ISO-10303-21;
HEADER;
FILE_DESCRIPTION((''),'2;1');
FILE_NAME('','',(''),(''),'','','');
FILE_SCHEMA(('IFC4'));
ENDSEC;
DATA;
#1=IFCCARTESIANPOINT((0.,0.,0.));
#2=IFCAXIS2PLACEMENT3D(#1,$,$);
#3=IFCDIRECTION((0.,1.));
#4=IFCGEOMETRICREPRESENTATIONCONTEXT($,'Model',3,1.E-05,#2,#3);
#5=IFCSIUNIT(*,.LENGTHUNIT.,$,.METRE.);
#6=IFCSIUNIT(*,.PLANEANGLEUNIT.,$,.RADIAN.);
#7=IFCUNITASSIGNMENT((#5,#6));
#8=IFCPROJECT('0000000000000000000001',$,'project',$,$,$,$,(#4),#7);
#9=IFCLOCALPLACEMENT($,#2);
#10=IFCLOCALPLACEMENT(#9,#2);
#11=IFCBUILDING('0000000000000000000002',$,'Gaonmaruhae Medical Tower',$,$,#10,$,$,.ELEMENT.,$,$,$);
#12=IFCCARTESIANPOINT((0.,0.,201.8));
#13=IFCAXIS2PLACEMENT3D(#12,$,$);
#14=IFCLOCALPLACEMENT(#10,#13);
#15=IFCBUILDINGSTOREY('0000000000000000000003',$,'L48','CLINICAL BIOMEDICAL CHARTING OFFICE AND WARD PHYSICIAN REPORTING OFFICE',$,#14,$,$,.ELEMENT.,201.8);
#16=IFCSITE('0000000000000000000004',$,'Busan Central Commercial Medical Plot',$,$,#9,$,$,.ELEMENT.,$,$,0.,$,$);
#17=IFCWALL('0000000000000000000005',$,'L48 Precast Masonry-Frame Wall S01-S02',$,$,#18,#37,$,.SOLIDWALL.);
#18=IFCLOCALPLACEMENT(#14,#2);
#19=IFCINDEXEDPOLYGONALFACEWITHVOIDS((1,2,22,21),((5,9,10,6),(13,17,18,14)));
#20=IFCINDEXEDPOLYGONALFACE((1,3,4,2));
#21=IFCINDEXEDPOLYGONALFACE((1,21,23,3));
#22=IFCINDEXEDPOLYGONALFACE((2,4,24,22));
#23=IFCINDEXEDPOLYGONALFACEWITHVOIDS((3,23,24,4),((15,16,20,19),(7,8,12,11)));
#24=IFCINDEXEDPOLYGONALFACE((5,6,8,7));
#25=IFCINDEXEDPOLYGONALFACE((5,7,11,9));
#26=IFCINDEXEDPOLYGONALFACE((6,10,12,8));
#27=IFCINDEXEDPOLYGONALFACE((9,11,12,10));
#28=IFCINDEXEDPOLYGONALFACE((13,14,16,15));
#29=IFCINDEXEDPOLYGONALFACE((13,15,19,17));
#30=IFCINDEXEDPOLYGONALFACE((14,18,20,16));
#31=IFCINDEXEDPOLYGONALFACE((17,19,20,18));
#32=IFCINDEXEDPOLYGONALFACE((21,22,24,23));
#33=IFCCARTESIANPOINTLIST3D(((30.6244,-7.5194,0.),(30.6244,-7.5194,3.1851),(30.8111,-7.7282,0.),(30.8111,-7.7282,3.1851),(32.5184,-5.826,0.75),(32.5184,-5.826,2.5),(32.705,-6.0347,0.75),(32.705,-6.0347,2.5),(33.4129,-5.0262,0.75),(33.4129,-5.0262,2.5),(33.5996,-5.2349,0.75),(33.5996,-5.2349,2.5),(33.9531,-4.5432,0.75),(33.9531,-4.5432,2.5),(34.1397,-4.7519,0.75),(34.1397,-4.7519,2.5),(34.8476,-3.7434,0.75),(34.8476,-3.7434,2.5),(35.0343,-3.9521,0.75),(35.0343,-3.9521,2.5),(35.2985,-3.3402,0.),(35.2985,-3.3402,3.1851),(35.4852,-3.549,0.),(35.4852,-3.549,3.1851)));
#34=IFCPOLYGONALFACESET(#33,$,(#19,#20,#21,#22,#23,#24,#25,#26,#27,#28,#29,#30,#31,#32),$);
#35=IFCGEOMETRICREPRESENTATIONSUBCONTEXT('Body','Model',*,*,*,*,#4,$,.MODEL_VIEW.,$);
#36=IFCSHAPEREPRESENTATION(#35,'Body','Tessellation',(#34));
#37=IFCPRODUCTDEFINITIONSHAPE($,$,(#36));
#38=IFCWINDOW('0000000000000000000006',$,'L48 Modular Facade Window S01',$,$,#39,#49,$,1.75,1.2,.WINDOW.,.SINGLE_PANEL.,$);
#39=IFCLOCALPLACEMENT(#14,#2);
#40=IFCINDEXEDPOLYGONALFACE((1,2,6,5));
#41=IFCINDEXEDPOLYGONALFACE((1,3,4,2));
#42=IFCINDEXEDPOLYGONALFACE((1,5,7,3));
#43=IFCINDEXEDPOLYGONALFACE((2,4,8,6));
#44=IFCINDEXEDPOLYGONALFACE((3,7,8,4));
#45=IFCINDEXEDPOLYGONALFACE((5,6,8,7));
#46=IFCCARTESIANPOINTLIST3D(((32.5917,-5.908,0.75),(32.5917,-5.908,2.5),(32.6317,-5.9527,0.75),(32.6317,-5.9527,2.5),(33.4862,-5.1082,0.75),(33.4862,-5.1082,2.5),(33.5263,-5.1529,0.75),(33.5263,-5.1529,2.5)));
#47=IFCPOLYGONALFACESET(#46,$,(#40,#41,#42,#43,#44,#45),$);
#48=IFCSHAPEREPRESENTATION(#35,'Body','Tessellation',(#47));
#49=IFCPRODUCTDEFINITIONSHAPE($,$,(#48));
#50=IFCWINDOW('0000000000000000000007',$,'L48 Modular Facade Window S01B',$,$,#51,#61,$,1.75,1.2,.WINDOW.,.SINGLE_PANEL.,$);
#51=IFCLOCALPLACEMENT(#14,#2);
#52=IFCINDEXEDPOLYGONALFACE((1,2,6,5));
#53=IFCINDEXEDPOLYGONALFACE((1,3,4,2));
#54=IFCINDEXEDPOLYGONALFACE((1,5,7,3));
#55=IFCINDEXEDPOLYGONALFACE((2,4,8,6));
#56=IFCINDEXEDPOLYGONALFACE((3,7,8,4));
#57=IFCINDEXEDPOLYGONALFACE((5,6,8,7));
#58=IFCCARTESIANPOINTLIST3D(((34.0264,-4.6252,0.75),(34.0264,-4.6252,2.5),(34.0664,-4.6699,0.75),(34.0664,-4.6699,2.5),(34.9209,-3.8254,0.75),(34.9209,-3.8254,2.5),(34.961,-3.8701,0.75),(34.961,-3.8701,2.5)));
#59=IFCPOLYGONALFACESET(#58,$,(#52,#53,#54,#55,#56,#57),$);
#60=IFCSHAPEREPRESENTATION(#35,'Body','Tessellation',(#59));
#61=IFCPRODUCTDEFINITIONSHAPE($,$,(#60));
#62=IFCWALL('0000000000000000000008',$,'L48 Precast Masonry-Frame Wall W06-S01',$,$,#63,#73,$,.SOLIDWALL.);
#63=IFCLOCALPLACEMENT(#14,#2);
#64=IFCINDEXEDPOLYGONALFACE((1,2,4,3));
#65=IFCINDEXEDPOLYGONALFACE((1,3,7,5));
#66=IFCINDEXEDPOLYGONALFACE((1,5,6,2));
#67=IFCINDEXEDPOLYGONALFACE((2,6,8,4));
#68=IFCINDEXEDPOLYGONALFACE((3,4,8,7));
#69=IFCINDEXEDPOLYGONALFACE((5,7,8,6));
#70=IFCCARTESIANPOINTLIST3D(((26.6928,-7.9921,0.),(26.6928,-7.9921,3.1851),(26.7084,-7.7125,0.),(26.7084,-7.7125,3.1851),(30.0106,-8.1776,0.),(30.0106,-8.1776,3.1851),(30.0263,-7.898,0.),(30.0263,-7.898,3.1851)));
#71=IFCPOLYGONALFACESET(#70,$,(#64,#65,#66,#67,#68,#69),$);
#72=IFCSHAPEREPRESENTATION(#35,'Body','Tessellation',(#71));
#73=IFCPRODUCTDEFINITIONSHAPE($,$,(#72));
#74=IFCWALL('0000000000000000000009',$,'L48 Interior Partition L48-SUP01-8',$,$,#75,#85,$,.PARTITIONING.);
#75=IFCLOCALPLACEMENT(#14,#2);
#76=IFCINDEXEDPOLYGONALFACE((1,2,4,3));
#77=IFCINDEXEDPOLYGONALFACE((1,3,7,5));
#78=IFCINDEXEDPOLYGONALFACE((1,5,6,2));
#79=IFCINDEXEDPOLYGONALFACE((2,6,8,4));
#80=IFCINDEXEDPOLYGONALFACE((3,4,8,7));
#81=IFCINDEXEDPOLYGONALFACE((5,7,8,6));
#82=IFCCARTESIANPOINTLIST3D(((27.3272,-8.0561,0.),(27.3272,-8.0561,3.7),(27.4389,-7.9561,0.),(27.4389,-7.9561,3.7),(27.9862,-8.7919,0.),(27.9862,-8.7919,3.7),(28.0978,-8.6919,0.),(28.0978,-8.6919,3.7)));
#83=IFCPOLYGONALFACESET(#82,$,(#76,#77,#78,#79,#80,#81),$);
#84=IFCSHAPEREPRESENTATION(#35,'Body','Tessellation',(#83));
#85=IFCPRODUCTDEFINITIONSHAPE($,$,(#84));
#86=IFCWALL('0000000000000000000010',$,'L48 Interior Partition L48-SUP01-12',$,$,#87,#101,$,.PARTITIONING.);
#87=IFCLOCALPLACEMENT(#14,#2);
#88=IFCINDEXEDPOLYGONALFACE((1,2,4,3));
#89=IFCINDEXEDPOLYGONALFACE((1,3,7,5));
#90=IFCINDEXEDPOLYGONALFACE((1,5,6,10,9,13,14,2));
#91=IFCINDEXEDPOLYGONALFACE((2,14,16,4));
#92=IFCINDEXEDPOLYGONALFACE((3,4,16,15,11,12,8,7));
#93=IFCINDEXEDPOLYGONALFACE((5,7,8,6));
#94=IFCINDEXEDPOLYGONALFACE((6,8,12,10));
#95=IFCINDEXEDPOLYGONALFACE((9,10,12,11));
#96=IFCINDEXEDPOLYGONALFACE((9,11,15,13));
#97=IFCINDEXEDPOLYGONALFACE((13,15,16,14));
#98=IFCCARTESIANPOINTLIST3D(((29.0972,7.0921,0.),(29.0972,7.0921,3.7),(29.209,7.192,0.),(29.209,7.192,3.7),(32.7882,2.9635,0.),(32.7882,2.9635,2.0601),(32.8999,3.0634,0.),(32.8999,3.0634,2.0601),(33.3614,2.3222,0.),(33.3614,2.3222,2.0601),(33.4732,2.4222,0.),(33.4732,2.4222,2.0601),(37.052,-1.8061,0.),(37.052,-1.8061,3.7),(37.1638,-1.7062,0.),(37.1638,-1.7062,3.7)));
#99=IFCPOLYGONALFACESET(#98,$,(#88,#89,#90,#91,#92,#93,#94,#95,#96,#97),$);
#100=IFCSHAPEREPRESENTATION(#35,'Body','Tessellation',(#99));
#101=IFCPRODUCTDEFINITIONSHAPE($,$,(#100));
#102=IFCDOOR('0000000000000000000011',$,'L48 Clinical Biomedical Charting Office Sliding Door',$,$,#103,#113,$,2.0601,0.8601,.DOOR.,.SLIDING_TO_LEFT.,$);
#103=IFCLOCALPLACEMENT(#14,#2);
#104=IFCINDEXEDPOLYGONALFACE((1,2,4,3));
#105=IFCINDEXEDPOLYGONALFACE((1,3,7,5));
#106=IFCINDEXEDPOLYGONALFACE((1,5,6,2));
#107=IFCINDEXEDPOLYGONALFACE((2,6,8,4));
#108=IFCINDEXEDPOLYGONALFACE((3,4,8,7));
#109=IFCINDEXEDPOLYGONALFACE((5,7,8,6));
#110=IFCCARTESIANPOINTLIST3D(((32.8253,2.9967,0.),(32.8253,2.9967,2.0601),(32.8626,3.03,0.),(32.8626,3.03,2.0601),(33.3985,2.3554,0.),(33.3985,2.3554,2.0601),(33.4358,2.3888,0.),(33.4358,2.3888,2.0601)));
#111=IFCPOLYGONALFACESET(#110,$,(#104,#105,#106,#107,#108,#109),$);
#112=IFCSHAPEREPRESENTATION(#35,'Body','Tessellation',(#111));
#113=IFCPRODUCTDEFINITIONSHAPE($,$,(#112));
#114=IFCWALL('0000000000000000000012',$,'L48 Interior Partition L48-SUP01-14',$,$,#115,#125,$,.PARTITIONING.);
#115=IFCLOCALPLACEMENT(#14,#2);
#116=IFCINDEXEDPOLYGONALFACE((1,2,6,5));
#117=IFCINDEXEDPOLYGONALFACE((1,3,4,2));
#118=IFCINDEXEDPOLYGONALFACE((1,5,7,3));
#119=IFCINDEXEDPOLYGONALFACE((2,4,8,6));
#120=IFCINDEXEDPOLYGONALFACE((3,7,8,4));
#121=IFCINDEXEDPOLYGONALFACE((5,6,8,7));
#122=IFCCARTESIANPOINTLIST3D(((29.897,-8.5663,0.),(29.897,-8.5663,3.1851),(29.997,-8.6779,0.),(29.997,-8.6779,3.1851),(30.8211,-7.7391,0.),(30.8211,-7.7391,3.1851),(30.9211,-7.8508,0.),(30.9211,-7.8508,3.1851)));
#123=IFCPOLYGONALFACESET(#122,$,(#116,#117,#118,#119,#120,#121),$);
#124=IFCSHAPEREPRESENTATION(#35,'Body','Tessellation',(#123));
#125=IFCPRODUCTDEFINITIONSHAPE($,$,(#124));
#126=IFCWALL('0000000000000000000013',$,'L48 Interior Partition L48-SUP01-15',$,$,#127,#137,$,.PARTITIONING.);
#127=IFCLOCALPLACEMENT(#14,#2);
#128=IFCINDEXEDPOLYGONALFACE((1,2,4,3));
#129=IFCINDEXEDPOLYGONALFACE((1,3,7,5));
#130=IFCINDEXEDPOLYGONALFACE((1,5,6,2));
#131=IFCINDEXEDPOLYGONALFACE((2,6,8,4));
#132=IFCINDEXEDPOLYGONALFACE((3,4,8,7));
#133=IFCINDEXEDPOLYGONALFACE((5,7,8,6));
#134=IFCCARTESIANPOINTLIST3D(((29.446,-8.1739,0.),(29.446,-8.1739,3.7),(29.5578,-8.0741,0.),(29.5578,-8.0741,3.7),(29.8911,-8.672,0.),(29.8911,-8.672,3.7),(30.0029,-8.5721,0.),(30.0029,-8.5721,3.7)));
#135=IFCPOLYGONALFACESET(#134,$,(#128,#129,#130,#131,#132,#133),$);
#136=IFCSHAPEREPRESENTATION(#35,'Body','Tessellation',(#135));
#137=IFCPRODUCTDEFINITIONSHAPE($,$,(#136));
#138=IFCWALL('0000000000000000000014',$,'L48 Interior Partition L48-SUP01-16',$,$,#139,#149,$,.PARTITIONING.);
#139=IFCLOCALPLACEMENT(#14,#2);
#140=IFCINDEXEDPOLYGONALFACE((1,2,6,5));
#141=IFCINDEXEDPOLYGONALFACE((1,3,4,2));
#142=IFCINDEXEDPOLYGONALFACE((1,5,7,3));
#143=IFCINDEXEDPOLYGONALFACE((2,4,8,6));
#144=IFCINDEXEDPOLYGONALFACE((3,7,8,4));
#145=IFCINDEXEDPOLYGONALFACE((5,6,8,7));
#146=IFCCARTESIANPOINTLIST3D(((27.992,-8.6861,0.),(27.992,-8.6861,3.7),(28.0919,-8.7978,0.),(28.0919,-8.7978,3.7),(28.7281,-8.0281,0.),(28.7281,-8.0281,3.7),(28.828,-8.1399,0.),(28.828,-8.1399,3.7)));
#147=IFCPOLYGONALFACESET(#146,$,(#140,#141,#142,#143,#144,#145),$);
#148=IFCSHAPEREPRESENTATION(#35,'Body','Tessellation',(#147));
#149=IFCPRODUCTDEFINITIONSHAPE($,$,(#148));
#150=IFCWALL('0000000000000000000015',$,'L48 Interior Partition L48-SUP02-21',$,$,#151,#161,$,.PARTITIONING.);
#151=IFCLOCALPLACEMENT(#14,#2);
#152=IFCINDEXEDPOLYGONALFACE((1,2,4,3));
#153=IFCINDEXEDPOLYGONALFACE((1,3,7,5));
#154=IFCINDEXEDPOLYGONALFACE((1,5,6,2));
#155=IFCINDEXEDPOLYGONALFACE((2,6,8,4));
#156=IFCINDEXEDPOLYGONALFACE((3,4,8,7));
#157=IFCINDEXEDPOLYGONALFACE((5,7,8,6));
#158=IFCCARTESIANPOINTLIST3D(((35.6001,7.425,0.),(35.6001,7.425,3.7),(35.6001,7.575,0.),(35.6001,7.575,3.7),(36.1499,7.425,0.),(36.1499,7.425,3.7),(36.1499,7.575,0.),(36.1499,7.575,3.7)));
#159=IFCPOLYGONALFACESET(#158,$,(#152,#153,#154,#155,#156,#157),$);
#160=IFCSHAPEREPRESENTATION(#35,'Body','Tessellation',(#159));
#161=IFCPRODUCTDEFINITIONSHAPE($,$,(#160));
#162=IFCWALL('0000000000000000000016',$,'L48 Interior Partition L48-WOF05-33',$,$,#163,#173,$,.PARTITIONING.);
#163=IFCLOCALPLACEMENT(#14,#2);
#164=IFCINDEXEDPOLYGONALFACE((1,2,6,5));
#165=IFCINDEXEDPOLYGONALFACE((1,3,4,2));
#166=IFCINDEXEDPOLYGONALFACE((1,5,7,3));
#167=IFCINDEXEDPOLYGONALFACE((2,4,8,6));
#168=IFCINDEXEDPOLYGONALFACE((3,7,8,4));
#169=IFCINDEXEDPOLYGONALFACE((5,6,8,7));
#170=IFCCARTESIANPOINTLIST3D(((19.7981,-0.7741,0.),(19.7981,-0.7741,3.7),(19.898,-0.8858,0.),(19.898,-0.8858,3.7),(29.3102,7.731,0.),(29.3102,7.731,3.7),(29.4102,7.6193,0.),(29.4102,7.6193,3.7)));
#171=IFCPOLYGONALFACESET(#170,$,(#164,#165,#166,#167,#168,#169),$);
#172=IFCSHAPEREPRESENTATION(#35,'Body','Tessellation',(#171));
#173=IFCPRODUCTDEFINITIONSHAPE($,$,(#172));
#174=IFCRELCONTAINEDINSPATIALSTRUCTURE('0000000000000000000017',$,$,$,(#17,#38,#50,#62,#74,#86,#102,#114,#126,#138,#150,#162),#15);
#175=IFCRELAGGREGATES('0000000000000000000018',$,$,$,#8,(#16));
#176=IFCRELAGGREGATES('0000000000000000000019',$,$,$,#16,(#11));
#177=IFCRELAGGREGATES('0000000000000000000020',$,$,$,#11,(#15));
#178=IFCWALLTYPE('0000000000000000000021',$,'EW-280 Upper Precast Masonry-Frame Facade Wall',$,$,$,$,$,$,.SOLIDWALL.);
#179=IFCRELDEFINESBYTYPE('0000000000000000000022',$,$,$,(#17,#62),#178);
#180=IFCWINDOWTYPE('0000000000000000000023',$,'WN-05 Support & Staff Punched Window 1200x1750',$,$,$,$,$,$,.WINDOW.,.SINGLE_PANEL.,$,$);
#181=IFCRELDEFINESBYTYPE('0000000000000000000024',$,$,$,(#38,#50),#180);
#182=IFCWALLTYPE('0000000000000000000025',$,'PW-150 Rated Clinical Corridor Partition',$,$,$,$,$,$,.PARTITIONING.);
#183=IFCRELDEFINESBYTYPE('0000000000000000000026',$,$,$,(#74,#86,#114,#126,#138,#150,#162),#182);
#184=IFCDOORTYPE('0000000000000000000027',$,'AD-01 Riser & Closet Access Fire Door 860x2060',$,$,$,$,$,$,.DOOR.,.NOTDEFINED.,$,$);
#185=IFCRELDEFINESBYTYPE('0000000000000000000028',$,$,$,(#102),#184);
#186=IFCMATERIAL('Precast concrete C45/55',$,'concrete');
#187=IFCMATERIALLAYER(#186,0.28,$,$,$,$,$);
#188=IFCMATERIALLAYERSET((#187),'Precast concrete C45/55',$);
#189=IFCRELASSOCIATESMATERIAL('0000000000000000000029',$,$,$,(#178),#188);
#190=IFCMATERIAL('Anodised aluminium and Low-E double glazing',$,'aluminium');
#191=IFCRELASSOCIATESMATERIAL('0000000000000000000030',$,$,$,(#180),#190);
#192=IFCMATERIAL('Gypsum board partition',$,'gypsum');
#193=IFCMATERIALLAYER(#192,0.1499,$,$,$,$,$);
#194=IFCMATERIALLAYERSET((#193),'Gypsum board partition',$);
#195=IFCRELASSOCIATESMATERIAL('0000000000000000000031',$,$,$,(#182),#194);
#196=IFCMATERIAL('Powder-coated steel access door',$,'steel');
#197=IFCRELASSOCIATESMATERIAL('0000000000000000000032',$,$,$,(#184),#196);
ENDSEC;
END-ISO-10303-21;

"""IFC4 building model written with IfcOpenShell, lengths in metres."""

from ifc_helpers import new_model, si_unit, direction, frame, frame_2d, origin, place, context, subcontext, project, spatial, rectangle, extrude, material, layer, layer_set, type_object, element, fill, save


model = new_model("IFC4")

# Units and contexts
model_context = context("Model", 3, precision=1e-05, world=origin(), true_north=direction((0.0, 1.0)))
body_context = subcontext(model_context, "Body", "Model", "MODEL_VIEW")
ifc_project = project(units=[si_unit("LENGTHUNIT", "METRE"), si_unit("PLANEANGLEUNIT", "RADIAN")], contexts=[model_context])

# Site, building, storey
site_placement = place(None, origin())
site = spatial("IfcSite", under=ifc_project, at=site_placement, Name="Busan Central Commercial Medical Plot", CompositionType="ELEMENT", RefElevation=0.0)
building_placement = place(site_placement, origin())
building = spatial("IfcBuilding", under=site, at=building_placement, Name="Gaonmaruhae Medical Tower", CompositionType="ELEMENT")
storey_placement = place(building_placement, frame((0.0, 0.0, 201.8)))
storey = spatial("IfcBuildingStorey", under=building, at=storey_placement, Name="L48", Description="CLINICAL BIOMEDICAL CHARTING OFFICE AND WARD PHYSICIAN REPORTING OFFICE", CompositionType="ELEMENT", Elevation=201.8)

# Wall, openings, windows
ifc_material_1 = material(Name="Precast concrete C45/55", Category="concrete")
ifc_layer_1 = layer(ifc_material_1, 0.28)
ifc_layer_set_1 = layer_set([ifc_layer_1], Name="Precast concrete C45/55")
wall_type_1 = type_object("IfcWallType", Name="EW-280 Upper Precast Masonry-Frame Facade Wall", PredefinedType="SOLIDWALL", material=ifc_layer_set_1)
wall_1_placement = place(storey_placement, frame((35.3918, -3.4446, 0.0), z_axis=(0.0, 0.0, 1.0), x_axis=(-0.745468, -0.666541, 0.0)))
wall_1 = element("IfcWall", 1, at=wall_1_placement, inside=storey, type_object=wall_type_1, Name="L48 Precast Masonry-Frame Wall S01-S02", PredefinedType="SOLIDWALL", context=body_context, shape_type="SweptSolid", body=[
    extrude(rectangle(XDim=6.27, YDim=0.28, at=frame_2d((3.135, 0.0))), origin(), (0.0, 0.0, 1.0), 3.1851),
])
opening_1_placement = place(wall_1_placement, frame((2.5293, 0.0, 0.75)))
opening_1 = element("IfcOpeningElement", 2, at=opening_1_placement, cuts=wall_1, PredefinedType="OPENING", context=body_context, shape_type="SweptSolid", body=[
    extrude(rectangle(XDim=1.2, YDim=1.75, at=frame_2d((0.6001, 0.875))), frame((0.0, 0.1499, 0.0), z_axis=(0.0, -1.0, 0.0), x_axis=(1.0, 0.0, 0.0)), (0.0, 0.0, 1.0), 0.3),
])
opening_2_placement = place(wall_1_placement, frame((0.6047, 0.0, 0.75)))
opening_2 = element("IfcOpeningElement", 3, at=opening_2_placement, cuts=wall_1, PredefinedType="OPENING", context=body_context, shape_type="SweptSolid", body=[
    extrude(rectangle(XDim=1.2, YDim=1.75, at=frame_2d((0.6001, 0.875))), frame((0.0, 0.1499, 0.0), z_axis=(0.0, -1.0, 0.0), x_axis=(1.0, 0.0, 0.0)), (0.0, 0.0, 1.0), 0.3),
])
ifc_material_2 = material(Name="Anodised aluminium and Low-E double glazing", Category="aluminium")
window_type = type_object("IfcWindowType", Name="WN-05 Support & Staff Punched Window 1200x1750", PartitioningType="SINGLE_PANEL", PredefinedType="WINDOW", material=ifc_material_2)
window_1_placement = place(opening_1_placement, origin())
window_1 = element("IfcWindow", 4, at=window_1_placement, inside=storey, type_object=window_type, Name="L48 Modular Facade Window S01", OverallHeight=1.75, OverallWidth=1.2, PartitioningType="SINGLE_PANEL", PredefinedType="WINDOW", context=body_context, shape_type="SweptSolid", body=[
    extrude(rectangle(XDim=1.2, YDim=1.75, at=frame_2d((0.6001, 0.875))), frame((0.0, 0.03, 0.0), z_axis=(0.0, -1.0, 0.0), x_axis=(1.0, 0.0, 0.0)), (0.0, 0.0, 1.0), 0.0601),
])
fill(opening_1, window_1)
window_2_placement = place(opening_2_placement, origin())
window_2 = element("IfcWindow", 5, at=window_2_placement, inside=storey, type_object=window_type, Name="L48 Modular Facade Window S01B", OverallHeight=1.75, OverallWidth=1.2, PartitioningType="SINGLE_PANEL", PredefinedType="WINDOW", context=body_context, shape_type="SweptSolid", body=[
    extrude(rectangle(XDim=1.2, YDim=1.75, at=frame_2d((0.6001, 0.875))), frame((0.0, 0.03, 0.0), z_axis=(0.0, -1.0, 0.0), x_axis=(1.0, 0.0, 0.0)), (0.0, 0.0, 1.0), 0.0601),
])
fill(opening_2, window_2)

# Walls
wall_2_placement = place(storey_placement, frame((30.0186, -8.0378, 0.0), z_axis=(0.0, 0.0, 1.0), x_axis=(-0.99844, 0.055836, 0.0)))
element("IfcWall", 6, at=wall_2_placement, inside=storey, type_object=wall_type_1, Name="L48 Precast Masonry-Frame Wall W06-S01", PredefinedType="SOLIDWALL", context=body_context, shape_type="SweptSolid", body=[
    extrude(rectangle(XDim=3.323, YDim=0.28, at=frame_2d((1.6616, 0.0))), origin(), (0.0, 0.0, 1.0), 3.1851),
])
ifc_material_3 = material(Name="Gypsum board partition", Category="gypsum")
ifc_layer_2 = layer(ifc_material_3, 0.1499)
ifc_layer_set_2 = layer_set([ifc_layer_2], Name="Gypsum board partition")
wall_type_2 = type_object("IfcWallType", Name="PW-150 Rated Clinical Corridor Partition", PredefinedType="PARTITIONING", material=ifc_layer_set_2)
wall_3_placement = place(storey_placement, frame((28.042, -8.7419, 0.0), z_axis=(0.0, 0.0, 1.0), x_axis=(-0.667105, 0.744963, 0.0)))
element("IfcWall", 7, at=wall_3_placement, inside=storey, type_object=wall_type_2, Name="L48 Interior Partition L48-SUP01-8", PredefinedType="PARTITIONING", context=body_context, shape_type="SweptSolid", body=[
    extrude(rectangle(XDim=0.9878, YDim=0.1499, at=frame_2d((0.4939, 0.0))), origin(), (0.0, 0.0, 1.0), 3.7),
])

# Wall, opening, door
wall_4_placement = place(storey_placement, frame((29.1531, 7.1421, 0.0), z_axis=(0.0, 0.0, 1.0), x_axis=(0.666483, -0.745521, 0.0)))
wall_4 = element("IfcWall", 8, at=wall_4_placement, inside=storey, type_object=wall_type_2, Name="L48 Interior Partition L48-SUP01-12", PredefinedType="PARTITIONING", context=body_context, shape_type="SweptSolid", body=[
    extrude(rectangle(XDim=11.9355, YDim=0.1499, at=frame_2d((5.9678, 0.0))), origin(), (0.0, 0.0, 1.0), 3.7),
])
opening_3_placement = place(wall_4_placement, frame((5.5378, 0.0, 0.0)))
opening_3 = element("IfcOpeningElement", 9, at=opening_3_placement, cuts=wall_4, PredefinedType="OPENING", context=body_context, shape_type="SweptSolid", body=[
    extrude(rectangle(XDim=0.8601, YDim=2.0601, at=frame_2d((0.4302, 1.03))), frame((0.0, 0.085, 0.0), z_axis=(0.0, -1.0, 0.0), x_axis=(1.0, 0.0, 0.0)), (0.0, 0.0, 1.0), 0.1699),
])
ifc_material_4 = material(Name="Powder-coated steel access door", Category="steel")
door_type = type_object("IfcDoorType", Name="AD-01 Riser & Closet Access Fire Door 860x2060", OperationType="NOTDEFINED", PredefinedType="DOOR", material=ifc_material_4)
door_placement = place(opening_3_placement, origin())
door = element("IfcDoor", 10, at=door_placement, inside=storey, type_object=door_type, Name="L48 Clinical Biomedical Charting Office Sliding Door", OperationType="SLIDING_TO_LEFT", OverallHeight=2.0601, OverallWidth=0.8601, PredefinedType="DOOR", context=body_context, shape_type="SweptSolid", body=[
    extrude(rectangle(XDim=0.8601, YDim=2.0601, at=frame_2d((0.4302, 1.03))), frame((0.0, 0.0249, 0.0), z_axis=(0.0, -1.0, 0.0), x_axis=(1.0, 0.0, 0.0)), (0.0, 0.0, 1.0), 0.05),
])
fill(opening_3, door)

# Walls
wall_5_placement = place(storey_placement, frame((30.8711, -7.7949, 0.0), z_axis=(0.0, 0.0, 1.0), x_axis=(-0.745102, -0.66695, 0.0)))
element("IfcWall", 11, at=wall_5_placement, inside=storey, type_object=wall_type_2, Name="L48 Interior Partition L48-SUP01-14", PredefinedType="PARTITIONING", context=body_context, shape_type="SweptSolid", body=[
    extrude(rectangle(XDim=1.2402, YDim=0.1499, at=frame_2d((0.6201, 0.0))), origin(), (0.0, 0.0, 1.0), 3.1851),
])
wall_6_placement = place(storey_placement, frame((29.947, -8.6221, 0.0), z_axis=(0.0, 0.0, 1.0), x_axis=(-0.666335, 0.745652, 0.0)))
element("IfcWall", 12, at=wall_6_placement, inside=storey, type_object=wall_type_2, Name="L48 Interior Partition L48-SUP01-15", PredefinedType="PARTITIONING", context=body_context, shape_type="SweptSolid", body=[
    extrude(rectangle(XDim=0.668, YDim=0.1499, at=frame_2d((0.334, 0.0))), origin(), (0.0, 0.0, 1.0), 3.7),
])
wall_7_placement = place(storey_placement, frame((28.7781, -8.084, 0.0), z_axis=(0.0, 0.0, 1.0), x_axis=(-0.745565, -0.666433, 0.0)))
element("IfcWall", 13, at=wall_7_placement, inside=storey, type_object=wall_type_2, Name="L48 Interior Partition L48-SUP01-16", PredefinedType="PARTITIONING", context=body_context, shape_type="SweptSolid", body=[
    extrude(rectangle(XDim=0.9873, YDim=0.1499, at=frame_2d((0.4937, 0.0))), origin(), (0.0, 0.0, 1.0), 3.7),
])
wall_8_placement = place(storey_placement, frame((35.6001, 7.5, 0.0), z_axis=(0.0, 0.0, 1.0), x_axis=(1.0, 0.0, 0.0)))
element("IfcWall", 14, at=wall_8_placement, inside=storey, type_object=wall_type_2, Name="L48 Interior Partition L48-SUP02-21", PredefinedType="PARTITIONING", context=body_context, shape_type="SweptSolid", body=[
    extrude(rectangle(XDim=0.5498, YDim=0.1499, at=frame_2d((0.2749, 0.0))), origin(), (0.0, 0.0, 1.0), 3.7),
])
wall_9_placement = place(storey_placement, frame((29.3601, 7.675, 0.0), z_axis=(0.0, 0.0, 1.0), x_axis=(-0.745467, -0.666543, 0.0)))
element("IfcWall", 15, at=wall_9_placement, inside=storey, type_object=wall_type_2, Name="L48 Interior Partition L48-WOF05-33", PredefinedType="PARTITIONING", context=body_context, shape_type="SweptSolid", body=[
    extrude(rectangle(XDim=12.76, YDim=0.1499, at=frame_2d((6.3799, 0.0))), origin(), (0.0, 0.0, 1.0), 3.7),
])

save(model, "model.ifc")
